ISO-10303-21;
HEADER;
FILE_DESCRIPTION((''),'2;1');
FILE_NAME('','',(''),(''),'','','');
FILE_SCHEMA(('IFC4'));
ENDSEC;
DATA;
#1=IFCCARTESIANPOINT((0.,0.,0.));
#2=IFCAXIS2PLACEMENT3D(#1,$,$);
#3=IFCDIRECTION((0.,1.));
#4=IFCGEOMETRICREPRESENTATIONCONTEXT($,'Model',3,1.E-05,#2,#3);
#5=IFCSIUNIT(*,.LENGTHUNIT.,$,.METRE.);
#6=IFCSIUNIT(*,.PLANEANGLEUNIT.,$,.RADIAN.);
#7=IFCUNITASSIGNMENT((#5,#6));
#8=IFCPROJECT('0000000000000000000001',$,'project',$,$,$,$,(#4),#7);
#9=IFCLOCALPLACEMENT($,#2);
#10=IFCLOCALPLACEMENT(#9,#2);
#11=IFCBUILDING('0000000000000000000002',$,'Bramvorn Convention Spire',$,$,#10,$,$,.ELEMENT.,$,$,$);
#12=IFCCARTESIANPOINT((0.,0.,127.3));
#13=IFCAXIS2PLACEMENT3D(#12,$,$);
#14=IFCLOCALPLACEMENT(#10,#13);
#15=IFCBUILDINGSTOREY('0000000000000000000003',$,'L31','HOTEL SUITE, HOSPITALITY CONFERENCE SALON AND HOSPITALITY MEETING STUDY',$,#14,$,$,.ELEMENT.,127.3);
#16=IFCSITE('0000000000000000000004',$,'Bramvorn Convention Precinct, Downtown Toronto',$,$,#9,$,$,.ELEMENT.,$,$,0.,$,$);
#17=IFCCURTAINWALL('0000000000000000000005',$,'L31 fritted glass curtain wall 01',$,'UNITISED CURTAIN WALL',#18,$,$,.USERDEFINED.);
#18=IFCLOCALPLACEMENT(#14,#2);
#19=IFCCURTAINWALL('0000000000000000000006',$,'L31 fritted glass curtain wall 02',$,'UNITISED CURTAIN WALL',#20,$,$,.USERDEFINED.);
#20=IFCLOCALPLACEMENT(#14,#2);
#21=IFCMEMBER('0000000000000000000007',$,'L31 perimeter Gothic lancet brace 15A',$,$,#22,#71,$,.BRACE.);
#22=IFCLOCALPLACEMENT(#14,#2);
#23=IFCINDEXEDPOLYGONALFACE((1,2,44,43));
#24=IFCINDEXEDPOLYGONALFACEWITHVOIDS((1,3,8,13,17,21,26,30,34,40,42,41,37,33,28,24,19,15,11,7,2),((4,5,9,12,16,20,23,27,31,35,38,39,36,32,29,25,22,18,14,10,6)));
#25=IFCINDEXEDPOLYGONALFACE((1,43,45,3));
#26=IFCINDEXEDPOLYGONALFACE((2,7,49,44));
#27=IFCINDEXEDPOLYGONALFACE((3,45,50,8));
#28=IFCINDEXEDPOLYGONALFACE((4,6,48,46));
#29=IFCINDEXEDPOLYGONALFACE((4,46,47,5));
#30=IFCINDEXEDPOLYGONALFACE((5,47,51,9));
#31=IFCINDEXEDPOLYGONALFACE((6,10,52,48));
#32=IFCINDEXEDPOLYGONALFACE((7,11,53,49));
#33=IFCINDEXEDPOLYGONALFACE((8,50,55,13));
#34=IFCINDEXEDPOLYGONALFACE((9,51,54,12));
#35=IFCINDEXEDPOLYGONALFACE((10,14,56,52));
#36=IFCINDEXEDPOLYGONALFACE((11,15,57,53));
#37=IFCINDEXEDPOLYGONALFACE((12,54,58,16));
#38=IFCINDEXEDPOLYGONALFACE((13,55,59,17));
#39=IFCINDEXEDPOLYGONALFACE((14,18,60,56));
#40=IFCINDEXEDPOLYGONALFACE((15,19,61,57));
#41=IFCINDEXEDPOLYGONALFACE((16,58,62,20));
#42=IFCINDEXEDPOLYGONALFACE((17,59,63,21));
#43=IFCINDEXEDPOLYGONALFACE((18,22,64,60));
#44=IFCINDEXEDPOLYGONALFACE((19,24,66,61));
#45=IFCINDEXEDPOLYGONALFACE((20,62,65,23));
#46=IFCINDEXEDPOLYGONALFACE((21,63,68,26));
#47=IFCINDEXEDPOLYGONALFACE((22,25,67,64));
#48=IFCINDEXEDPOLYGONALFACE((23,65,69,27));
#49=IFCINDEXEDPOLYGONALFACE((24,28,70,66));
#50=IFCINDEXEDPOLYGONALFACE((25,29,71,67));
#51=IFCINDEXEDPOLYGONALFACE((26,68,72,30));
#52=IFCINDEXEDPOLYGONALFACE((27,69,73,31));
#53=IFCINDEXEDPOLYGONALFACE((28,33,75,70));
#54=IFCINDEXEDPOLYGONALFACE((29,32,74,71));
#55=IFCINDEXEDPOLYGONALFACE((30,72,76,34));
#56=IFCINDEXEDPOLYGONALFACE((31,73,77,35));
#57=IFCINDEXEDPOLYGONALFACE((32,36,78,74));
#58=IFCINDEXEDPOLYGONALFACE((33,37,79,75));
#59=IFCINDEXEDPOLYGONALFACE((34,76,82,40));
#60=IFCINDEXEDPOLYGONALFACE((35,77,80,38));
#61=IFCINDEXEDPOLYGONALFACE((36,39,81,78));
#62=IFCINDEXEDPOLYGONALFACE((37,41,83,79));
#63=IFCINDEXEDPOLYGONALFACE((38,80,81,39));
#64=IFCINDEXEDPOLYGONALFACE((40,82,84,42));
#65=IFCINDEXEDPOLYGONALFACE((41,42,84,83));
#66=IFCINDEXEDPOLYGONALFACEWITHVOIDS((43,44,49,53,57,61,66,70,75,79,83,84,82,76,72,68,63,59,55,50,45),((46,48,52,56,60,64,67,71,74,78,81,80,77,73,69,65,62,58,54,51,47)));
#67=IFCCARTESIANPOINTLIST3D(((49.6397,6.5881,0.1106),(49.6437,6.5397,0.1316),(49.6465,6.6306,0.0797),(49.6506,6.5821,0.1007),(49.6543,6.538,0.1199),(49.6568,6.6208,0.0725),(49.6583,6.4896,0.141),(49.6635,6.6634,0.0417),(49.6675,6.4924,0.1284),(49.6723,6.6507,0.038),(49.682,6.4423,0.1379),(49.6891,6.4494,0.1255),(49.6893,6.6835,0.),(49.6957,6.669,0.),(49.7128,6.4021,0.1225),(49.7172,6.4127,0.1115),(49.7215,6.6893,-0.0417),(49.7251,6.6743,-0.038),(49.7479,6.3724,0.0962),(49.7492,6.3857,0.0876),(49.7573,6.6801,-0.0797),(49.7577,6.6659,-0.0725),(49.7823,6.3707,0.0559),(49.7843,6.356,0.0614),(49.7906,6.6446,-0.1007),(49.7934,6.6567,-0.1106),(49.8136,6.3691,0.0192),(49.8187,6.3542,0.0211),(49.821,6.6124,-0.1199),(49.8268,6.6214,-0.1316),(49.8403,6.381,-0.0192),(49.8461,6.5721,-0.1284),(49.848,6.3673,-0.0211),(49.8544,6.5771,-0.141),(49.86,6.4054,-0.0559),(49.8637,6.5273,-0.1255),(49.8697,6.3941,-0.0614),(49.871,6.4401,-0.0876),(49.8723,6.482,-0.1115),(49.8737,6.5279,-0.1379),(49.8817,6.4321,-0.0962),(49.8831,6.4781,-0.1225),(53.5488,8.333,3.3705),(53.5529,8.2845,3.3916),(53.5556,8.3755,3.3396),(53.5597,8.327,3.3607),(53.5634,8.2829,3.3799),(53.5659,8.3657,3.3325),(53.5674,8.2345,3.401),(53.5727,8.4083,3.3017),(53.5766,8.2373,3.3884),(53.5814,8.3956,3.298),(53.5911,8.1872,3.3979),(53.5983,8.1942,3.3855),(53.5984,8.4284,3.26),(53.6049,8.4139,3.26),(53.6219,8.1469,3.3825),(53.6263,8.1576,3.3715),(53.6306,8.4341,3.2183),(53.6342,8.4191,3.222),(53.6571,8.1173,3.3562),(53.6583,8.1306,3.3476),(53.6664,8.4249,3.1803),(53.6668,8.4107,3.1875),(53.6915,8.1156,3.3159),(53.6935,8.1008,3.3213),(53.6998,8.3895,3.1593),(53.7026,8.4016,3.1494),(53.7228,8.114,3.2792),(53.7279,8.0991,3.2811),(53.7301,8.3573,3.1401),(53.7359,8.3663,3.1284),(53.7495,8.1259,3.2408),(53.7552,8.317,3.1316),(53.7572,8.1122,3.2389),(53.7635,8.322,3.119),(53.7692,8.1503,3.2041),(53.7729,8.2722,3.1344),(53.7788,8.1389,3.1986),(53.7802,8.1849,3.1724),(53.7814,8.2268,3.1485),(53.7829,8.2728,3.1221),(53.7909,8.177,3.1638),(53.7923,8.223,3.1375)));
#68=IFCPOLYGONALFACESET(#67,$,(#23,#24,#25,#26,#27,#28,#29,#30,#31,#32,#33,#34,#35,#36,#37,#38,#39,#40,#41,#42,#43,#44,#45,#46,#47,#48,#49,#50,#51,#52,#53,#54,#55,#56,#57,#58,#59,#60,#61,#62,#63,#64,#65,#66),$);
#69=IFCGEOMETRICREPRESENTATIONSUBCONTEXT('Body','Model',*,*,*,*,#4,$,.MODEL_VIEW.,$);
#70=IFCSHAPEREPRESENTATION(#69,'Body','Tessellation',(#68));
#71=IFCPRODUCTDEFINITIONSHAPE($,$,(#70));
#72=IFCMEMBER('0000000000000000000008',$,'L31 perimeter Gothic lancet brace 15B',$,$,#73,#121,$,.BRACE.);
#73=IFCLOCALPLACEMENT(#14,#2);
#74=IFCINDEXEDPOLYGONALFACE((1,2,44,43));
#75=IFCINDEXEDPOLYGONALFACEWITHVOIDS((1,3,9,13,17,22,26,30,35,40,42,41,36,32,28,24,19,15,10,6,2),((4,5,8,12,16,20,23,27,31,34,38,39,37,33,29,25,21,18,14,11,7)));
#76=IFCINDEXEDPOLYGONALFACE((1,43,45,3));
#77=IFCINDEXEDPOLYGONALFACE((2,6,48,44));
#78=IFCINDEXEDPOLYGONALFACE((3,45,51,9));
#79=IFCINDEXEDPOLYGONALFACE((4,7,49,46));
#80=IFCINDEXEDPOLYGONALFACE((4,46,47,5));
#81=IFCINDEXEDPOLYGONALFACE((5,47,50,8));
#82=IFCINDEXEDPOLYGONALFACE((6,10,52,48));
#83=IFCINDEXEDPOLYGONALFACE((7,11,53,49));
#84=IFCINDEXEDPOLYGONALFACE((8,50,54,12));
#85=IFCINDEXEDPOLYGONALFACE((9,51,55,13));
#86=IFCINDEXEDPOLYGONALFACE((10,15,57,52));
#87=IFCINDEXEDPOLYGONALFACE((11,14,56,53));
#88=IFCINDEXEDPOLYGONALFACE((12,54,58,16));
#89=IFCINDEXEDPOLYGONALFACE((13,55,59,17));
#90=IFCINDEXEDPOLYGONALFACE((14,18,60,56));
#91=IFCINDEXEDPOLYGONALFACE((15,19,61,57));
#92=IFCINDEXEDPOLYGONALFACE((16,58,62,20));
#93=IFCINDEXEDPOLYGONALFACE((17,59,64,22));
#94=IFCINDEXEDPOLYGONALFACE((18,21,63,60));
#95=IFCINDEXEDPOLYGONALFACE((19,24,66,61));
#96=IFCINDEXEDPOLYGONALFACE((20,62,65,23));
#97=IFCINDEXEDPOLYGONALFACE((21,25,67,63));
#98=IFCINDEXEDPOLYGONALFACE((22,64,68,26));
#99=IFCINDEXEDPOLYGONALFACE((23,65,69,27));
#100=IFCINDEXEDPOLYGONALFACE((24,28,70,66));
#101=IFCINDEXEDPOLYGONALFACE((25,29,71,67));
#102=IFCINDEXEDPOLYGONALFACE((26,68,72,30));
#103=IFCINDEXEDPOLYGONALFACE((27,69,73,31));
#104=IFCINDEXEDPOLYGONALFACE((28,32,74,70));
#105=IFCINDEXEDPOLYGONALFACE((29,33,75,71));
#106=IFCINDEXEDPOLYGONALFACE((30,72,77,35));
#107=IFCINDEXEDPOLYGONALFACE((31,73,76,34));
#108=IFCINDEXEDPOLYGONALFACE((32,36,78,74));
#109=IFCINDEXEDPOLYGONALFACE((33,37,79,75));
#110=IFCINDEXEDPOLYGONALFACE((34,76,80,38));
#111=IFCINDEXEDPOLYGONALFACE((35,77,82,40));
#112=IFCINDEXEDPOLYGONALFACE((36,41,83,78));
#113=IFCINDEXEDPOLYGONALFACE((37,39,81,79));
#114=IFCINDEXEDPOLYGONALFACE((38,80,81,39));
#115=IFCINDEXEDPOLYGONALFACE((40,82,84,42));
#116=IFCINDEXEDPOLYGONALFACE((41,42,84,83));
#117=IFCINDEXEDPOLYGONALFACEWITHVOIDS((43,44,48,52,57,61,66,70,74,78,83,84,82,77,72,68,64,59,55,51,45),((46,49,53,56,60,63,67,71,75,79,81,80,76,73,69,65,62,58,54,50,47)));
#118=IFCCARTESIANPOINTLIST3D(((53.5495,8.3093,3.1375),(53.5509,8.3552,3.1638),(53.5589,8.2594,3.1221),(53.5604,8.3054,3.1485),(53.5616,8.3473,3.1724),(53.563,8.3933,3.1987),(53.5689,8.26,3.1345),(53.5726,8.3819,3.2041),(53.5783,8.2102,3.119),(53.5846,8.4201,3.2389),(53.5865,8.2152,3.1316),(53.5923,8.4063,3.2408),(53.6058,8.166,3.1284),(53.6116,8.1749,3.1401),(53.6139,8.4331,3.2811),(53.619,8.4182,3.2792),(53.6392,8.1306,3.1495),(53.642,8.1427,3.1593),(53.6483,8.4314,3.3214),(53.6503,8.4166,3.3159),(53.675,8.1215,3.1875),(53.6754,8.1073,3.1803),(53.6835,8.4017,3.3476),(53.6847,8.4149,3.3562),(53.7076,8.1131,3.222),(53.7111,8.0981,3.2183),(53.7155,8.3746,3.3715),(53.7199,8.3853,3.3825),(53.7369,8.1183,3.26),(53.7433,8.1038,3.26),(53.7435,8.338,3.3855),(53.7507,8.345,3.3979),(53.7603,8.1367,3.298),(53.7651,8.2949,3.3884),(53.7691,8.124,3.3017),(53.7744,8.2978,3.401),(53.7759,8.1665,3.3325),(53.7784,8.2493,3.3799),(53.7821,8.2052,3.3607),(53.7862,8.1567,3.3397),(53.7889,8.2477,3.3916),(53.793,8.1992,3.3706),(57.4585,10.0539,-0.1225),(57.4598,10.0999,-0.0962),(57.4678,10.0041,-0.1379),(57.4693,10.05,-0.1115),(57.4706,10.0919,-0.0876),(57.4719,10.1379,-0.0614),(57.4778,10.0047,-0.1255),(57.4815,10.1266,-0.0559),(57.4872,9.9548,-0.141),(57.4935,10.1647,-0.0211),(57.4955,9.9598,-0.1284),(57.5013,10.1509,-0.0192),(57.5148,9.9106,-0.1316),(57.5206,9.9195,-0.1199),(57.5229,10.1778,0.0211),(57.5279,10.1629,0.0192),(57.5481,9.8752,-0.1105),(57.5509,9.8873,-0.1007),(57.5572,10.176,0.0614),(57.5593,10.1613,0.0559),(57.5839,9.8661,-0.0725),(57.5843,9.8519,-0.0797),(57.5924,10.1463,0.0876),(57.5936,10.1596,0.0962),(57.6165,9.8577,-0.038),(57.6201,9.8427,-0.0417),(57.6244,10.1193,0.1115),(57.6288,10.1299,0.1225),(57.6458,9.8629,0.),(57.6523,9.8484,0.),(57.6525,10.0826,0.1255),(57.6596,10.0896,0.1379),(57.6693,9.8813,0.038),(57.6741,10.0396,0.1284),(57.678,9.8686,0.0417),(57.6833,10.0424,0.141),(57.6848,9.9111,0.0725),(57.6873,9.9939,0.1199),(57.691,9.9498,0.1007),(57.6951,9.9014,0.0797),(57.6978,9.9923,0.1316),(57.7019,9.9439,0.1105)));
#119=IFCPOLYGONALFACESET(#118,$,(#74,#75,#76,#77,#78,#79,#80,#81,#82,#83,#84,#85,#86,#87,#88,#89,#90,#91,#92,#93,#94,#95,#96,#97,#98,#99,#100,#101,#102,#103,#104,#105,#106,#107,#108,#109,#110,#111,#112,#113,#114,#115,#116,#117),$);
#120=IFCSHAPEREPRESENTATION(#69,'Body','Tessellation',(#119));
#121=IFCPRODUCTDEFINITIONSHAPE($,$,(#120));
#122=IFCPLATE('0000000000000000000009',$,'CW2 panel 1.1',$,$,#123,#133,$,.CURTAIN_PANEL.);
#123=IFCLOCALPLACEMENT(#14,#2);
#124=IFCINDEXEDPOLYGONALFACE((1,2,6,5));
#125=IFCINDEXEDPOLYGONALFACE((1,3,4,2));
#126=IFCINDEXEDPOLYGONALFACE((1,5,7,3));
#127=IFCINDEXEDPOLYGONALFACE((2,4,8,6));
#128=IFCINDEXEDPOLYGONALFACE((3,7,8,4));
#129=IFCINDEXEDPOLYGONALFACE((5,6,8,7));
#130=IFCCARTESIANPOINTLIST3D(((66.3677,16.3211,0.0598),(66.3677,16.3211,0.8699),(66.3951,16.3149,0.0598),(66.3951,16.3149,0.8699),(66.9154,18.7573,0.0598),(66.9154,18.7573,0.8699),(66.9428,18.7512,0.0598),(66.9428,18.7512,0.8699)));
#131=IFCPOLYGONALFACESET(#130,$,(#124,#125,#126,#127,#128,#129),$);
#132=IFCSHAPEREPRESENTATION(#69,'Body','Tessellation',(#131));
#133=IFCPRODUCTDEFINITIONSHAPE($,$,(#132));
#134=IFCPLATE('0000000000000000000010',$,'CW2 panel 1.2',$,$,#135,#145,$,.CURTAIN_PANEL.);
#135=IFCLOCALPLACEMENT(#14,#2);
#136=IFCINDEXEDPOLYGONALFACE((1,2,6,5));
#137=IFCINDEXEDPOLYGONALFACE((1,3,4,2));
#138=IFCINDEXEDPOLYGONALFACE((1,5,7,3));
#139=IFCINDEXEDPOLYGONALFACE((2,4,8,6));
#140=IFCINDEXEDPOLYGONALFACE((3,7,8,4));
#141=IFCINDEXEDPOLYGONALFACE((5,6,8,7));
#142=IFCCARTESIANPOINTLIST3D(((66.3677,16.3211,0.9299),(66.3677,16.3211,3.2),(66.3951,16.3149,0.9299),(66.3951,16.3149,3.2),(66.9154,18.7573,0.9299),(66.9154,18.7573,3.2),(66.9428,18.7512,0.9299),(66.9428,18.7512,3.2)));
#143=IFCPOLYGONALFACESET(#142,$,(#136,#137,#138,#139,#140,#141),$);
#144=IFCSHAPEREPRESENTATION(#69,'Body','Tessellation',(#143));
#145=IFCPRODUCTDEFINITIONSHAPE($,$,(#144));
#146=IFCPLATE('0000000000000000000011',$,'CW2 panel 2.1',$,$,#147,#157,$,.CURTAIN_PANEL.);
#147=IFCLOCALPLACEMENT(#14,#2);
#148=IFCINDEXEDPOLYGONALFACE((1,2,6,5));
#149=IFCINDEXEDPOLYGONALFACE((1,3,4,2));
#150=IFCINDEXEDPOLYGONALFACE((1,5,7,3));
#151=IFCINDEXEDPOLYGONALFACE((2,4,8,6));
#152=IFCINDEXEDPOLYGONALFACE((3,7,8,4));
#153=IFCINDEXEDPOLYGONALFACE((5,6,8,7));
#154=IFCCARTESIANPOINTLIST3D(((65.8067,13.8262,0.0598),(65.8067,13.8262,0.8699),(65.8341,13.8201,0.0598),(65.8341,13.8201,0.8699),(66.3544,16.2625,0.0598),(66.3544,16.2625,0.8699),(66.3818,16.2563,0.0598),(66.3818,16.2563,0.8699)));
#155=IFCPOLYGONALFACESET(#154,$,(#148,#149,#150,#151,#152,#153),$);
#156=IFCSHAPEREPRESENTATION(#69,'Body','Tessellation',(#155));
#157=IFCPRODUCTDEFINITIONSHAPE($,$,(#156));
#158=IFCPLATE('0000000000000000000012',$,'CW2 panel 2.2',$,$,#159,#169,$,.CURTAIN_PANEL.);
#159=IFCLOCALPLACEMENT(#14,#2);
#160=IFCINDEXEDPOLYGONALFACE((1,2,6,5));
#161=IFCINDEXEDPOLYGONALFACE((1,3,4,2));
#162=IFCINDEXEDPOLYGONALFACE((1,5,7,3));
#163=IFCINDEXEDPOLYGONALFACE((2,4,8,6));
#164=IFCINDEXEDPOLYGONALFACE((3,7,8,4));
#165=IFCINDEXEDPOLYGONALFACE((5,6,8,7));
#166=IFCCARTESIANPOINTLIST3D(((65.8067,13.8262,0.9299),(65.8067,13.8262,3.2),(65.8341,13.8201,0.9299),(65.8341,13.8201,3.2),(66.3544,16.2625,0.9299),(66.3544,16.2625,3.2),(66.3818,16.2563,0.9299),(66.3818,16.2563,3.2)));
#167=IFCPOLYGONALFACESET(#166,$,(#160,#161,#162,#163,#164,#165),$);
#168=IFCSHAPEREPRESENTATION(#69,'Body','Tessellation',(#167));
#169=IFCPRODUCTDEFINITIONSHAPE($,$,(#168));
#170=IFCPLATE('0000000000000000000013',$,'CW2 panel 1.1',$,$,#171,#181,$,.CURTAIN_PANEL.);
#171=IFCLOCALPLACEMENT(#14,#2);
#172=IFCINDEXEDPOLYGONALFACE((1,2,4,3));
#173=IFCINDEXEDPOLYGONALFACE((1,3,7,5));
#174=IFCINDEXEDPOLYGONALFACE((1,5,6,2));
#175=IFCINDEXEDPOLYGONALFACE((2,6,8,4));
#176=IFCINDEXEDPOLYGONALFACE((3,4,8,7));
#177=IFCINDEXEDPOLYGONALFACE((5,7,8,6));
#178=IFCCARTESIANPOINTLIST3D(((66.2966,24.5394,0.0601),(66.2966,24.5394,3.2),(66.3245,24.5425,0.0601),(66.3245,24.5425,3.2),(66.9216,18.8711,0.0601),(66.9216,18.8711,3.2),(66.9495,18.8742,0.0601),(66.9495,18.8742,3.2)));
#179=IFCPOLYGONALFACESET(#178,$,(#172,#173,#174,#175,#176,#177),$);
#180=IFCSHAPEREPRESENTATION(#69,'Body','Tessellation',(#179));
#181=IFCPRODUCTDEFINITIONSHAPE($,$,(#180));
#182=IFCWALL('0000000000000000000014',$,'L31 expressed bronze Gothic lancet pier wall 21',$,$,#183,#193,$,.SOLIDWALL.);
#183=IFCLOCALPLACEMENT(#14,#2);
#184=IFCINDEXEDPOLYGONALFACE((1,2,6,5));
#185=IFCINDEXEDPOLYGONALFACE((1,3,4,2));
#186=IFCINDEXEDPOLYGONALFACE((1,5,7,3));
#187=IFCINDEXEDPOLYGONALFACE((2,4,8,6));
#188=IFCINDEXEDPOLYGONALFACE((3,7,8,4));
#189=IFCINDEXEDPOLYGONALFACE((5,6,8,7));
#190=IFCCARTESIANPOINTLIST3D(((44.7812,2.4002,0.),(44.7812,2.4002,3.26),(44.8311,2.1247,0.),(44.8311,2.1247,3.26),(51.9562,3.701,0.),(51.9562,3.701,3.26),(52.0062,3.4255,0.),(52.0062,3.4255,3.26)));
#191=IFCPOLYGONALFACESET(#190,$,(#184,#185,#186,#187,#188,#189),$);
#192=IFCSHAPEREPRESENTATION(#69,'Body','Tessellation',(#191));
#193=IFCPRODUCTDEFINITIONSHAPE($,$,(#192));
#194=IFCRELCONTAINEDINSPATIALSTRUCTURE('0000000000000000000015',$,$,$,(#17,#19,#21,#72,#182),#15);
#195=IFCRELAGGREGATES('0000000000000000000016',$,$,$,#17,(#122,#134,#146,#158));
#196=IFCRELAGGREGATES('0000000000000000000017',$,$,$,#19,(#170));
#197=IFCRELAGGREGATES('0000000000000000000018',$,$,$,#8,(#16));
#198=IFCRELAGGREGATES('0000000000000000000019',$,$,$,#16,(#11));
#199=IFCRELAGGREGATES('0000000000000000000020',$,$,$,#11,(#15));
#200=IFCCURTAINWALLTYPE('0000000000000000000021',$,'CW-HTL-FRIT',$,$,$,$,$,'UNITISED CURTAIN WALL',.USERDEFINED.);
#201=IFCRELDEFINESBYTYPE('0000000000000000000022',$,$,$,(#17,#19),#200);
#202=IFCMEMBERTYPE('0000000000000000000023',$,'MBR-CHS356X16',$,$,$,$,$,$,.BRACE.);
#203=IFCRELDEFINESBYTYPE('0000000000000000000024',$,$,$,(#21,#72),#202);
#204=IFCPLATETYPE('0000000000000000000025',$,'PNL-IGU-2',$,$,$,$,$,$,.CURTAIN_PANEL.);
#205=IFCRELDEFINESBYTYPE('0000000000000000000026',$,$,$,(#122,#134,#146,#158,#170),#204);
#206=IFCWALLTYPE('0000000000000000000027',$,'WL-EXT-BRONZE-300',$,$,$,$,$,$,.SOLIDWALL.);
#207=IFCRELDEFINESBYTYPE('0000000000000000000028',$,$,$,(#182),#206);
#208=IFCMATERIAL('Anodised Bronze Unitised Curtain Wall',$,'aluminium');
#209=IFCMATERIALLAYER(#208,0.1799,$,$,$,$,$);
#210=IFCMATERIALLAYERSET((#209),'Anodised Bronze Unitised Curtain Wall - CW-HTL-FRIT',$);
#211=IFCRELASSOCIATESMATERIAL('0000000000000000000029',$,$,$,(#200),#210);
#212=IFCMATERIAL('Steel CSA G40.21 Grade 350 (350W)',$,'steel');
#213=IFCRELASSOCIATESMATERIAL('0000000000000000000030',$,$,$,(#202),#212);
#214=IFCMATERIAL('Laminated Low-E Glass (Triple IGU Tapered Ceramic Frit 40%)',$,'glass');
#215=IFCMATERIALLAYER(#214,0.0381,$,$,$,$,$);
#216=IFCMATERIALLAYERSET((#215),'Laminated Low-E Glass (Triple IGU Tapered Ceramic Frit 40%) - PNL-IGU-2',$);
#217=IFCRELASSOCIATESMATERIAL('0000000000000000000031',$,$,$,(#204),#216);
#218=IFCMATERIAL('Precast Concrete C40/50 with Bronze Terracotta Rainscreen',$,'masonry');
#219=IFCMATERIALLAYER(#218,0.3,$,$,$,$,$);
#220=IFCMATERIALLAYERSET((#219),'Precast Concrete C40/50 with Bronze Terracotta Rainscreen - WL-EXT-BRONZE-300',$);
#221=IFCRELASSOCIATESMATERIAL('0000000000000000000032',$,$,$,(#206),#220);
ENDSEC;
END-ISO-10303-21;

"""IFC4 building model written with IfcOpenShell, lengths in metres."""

from ifc_helpers import new_model, si_unit, direction, frame, frame_2d, origin, origin_2d, place, context, subcontext, project, spatial, rectangle, hollow_circle, extrude, material, layer, layer_set, material_profile, profile_set, type_object, element, aggregate, save


model = new_model("IFC4")

# Units and contexts
model_context = context("Model", 3, precision=1e-05, world=origin(), true_north=direction((0.0, 1.0)))
body_context = subcontext(model_context, "Body", "Model", "MODEL_VIEW")
ifc_project = project(units=[si_unit("LENGTHUNIT", "METRE"), si_unit("PLANEANGLEUNIT", "RADIAN")], contexts=[model_context])

# Site, building, storey
site_placement = place(None, origin())
site = spatial("IfcSite", under=ifc_project, at=site_placement, Name="Bramvorn Convention Precinct, Downtown Toronto", CompositionType="ELEMENT", RefElevation=0.0)
building_placement = place(site_placement, origin())
building = spatial("IfcBuilding", under=site, at=building_placement, Name="Bramvorn Convention Spire", CompositionType="ELEMENT")
storey_placement = place(building_placement, frame((0.0, 0.0, 127.3)))
storey = spatial("IfcBuildingStorey", under=building, at=storey_placement, Name="L31", Description="HOTEL SUITE, HOSPITALITY CONFERENCE SALON AND HOSPITALITY MEETING STUDY", CompositionType="ELEMENT", Elevation=127.3)

# Shared definitions
ifc_material_1 = material(Name="Steel CSA G40.21 Grade 350 (350W)", Category="steel")

# Curtain wall
ifc_material_2 = material(Name="Anodised Bronze Unitised Curtain Wall", Category="aluminium")
ifc_layer_1 = layer(ifc_material_2, 0.1799)
ifc_layer_set_1 = layer_set([ifc_layer_1], Name="Anodised Bronze Unitised Curtain Wall - CW-HTL-FRIT")
curtain_wall_type = type_object("IfcCurtainWallType", Name="CW-HTL-FRIT", ElementType="UNITISED CURTAIN WALL", PredefinedType="USERDEFINED", material=ifc_layer_set_1)
curtain_wall_1_placement = place(storey_placement, origin())
curtain_wall_1 = element("IfcCurtainWall", 1, at=curtain_wall_1_placement, inside=storey, type_object=curtain_wall_type, Name="L31 fritted glass curtain wall 01", ObjectType="UNITISED CURTAIN WALL", PredefinedType="USERDEFINED")

# Curtain wall
curtain_wall_2_placement = place(storey_placement, origin())
curtain_wall_2 = element("IfcCurtainWall", 2, at=curtain_wall_2_placement, inside=storey, type_object=curtain_wall_type, Name="L31 fritted glass curtain wall 02", ObjectType="UNITISED CURTAIN WALL", PredefinedType="USERDEFINED")

# Members
ifc_material_profile_1 = material_profile(ifc_material_1, hollow_circle(Radius=0.1777, WallThickness=0.0159, at=origin_2d()))
ifc_profile_set_1 = profile_set([ifc_material_profile_1], Name="Steel CSA G40.21 Grade 350 (350W) - CHS356X16")
member_type_1 = type_object("IfcMemberType", Name="MBR-CHS356X16", PredefinedType="BRACE", material=ifc_profile_set_1)
member_1_placement = place(storey_placement, frame((49.7617, 6.5212, 0.0), z_axis=(0.726494, 0.324272, 0.60585), x_axis=(-0.407593, 0.913164, 0.0)))
element("IfcMember", 3, at=member_1_placement, inside=storey, type_object=member_type_1, Name="L31 perimeter Gothic lancet brace 15A", PredefinedType="BRACE", context=body_context, shape_type="SweptSolid", body=[
    extrude(hollow_circle(Radius=0.1777, WallThickness=0.0159, at=origin_2d()), origin(), (0.0, 0.0, 1.0), 5.3809),
])
member_2_placement = place(storey_placement, frame((57.5798, 10.0107, 0.0), z_axis=(-0.726483, -0.324243, 0.605879), x_axis=(0.407567, -0.913175, 0.0)))
element("IfcMember", 4, at=member_2_placement, inside=storey, type_object=member_type_1, Name="L31 perimeter Gothic lancet brace 15B", PredefinedType="BRACE", context=body_context, shape_type="SweptSolid", body=[
    extrude(hollow_circle(Radius=0.1777, WallThickness=0.0159, at=origin_2d()), origin(), (0.0, 0.0, 1.0), 5.3806),
])

# Plates
ifc_material_3 = material(Name="Laminated Low-E Glass (Triple IGU Tapered Ceramic Frit 40%)", Category="glass")
ifc_layer_2 = layer(ifc_material_3, 0.0381)
ifc_layer_set_2 = layer_set([ifc_layer_2], Name="Laminated Low-E Glass (Triple IGU Tapered Ceramic Frit 40%) - PNL-IGU-2")
plate_type = type_object("IfcPlateType", Name="PNL-IGU-2", PredefinedType="CURTAIN_PANEL", material=ifc_layer_set_2)
plate_1_placement = place(storey_placement, frame((66.6553, 17.5361, 0.0598), z_axis=(0.0, 0.0, 1.0), x_axis=(-0.219353, -0.975646, 0.0)))
plate_1 = element("IfcPlate", 5, at=plate_1_placement, type_object=plate_type, Name="CW2 panel 1.1", PredefinedType="CURTAIN_PANEL", context=body_context, shape_type="SweptSolid", body=[
    extrude(rectangle(XDim=2.4971, YDim=0.0281, at=origin_2d()), origin(), (0.0, 0.0, 1.0), 0.8101),
])
plate_2_placement = place(storey_placement, frame((66.6553, 17.5361, 0.9299), z_axis=(0.0, 0.0, 1.0), x_axis=(-0.219353, -0.975646, 0.0)))
plate_2 = element("IfcPlate", 6, at=plate_2_placement, type_object=plate_type, Name="CW2 panel 1.2", PredefinedType="CURTAIN_PANEL", context=body_context, shape_type="SweptSolid", body=[
    extrude(rectangle(XDim=2.4971, YDim=0.0281, at=origin_2d()), origin(), (0.0, 0.0, 1.0), 2.27),
])
plate_3_placement = place(storey_placement, frame((66.0942, 15.0413, 0.0598), z_axis=(0.0, 0.0, 1.0), x_axis=(-0.219353, -0.975646, 0.0)))
plate_3 = element("IfcPlate", 7, at=plate_3_placement, type_object=plate_type, Name="CW2 panel 2.1", PredefinedType="CURTAIN_PANEL", context=body_context, shape_type="SweptSolid", body=[
    extrude(rectangle(XDim=2.4971, YDim=0.0281, at=origin_2d()), origin(), (0.0, 0.0, 1.0), 0.8101),
])
plate_4_placement = place(storey_placement, frame((66.0942, 15.0413, 0.9299), z_axis=(0.0, 0.0, 1.0), x_axis=(-0.219353, -0.975646, 0.0)))
plate_4 = element("IfcPlate", 8, at=plate_4_placement, type_object=plate_type, Name="CW2 panel 2.2", PredefinedType="CURTAIN_PANEL", context=body_context, shape_type="SweptSolid", body=[
    extrude(rectangle(XDim=2.4971, YDim=0.0281, at=origin_2d()), origin(), (0.0, 0.0, 1.0), 2.27),
])
aggregate(curtain_wall_1, [plate_1, plate_2, plate_3, plate_4])
plate_5_placement = place(storey_placement, frame((66.623, 21.7068, 0.0601), z_axis=(0.0, 0.0, 1.0), x_axis=(0.109606, -0.993975, 0.0)))
plate_5 = element("IfcPlate", 9, at=plate_5_placement, type_object=plate_type, Name="CW2 panel 1.1", PredefinedType="CURTAIN_PANEL", context=body_context, shape_type="SweptSolid", body=[
    extrude(rectangle(XDim=5.7026, YDim=0.0281, at=origin_2d()), origin(), (0.0, 0.0, 1.0), 3.1399),
])
aggregate(curtain_wall_2, [plate_5])

# Wall
ifc_material_4 = material(Name="Precast Concrete C40/50 with Bronze Terracotta Rainscreen", Category="masonry")
ifc_layer_3 = layer(ifc_material_4, 0.3)
ifc_layer_set_3 = layer_set([ifc_layer_3], Name="Precast Concrete C40/50 with Bronze Terracotta Rainscreen - WL-EXT-BRONZE-300")
wall_type_1 = type_object("IfcWallType", Name="WL-EXT-BRONZE-300", PredefinedType="SOLIDWALL", material=ifc_layer_set_3)
wall_1_placement = place(storey_placement, frame((51.9812, 3.5632, 0.0), z_axis=(0.0, 0.0, 1.0), x_axis=(-0.983961, -0.178385, 0.0)))
element("IfcWall", 10, at=wall_1_placement, inside=storey, type_object=wall_type_1, Name="L31 expressed bronze Gothic lancet pier wall 21", PredefinedType="SOLIDWALL", context=body_context, shape_type="SweptSolid", body=[
    extrude(rectangle(XDim=7.292, YDim=0.28, at=frame_2d((3.646, 0.0))), origin(), (0.0, 0.0, 1.0), 3.26),
])

save(model, "model.ifc")
